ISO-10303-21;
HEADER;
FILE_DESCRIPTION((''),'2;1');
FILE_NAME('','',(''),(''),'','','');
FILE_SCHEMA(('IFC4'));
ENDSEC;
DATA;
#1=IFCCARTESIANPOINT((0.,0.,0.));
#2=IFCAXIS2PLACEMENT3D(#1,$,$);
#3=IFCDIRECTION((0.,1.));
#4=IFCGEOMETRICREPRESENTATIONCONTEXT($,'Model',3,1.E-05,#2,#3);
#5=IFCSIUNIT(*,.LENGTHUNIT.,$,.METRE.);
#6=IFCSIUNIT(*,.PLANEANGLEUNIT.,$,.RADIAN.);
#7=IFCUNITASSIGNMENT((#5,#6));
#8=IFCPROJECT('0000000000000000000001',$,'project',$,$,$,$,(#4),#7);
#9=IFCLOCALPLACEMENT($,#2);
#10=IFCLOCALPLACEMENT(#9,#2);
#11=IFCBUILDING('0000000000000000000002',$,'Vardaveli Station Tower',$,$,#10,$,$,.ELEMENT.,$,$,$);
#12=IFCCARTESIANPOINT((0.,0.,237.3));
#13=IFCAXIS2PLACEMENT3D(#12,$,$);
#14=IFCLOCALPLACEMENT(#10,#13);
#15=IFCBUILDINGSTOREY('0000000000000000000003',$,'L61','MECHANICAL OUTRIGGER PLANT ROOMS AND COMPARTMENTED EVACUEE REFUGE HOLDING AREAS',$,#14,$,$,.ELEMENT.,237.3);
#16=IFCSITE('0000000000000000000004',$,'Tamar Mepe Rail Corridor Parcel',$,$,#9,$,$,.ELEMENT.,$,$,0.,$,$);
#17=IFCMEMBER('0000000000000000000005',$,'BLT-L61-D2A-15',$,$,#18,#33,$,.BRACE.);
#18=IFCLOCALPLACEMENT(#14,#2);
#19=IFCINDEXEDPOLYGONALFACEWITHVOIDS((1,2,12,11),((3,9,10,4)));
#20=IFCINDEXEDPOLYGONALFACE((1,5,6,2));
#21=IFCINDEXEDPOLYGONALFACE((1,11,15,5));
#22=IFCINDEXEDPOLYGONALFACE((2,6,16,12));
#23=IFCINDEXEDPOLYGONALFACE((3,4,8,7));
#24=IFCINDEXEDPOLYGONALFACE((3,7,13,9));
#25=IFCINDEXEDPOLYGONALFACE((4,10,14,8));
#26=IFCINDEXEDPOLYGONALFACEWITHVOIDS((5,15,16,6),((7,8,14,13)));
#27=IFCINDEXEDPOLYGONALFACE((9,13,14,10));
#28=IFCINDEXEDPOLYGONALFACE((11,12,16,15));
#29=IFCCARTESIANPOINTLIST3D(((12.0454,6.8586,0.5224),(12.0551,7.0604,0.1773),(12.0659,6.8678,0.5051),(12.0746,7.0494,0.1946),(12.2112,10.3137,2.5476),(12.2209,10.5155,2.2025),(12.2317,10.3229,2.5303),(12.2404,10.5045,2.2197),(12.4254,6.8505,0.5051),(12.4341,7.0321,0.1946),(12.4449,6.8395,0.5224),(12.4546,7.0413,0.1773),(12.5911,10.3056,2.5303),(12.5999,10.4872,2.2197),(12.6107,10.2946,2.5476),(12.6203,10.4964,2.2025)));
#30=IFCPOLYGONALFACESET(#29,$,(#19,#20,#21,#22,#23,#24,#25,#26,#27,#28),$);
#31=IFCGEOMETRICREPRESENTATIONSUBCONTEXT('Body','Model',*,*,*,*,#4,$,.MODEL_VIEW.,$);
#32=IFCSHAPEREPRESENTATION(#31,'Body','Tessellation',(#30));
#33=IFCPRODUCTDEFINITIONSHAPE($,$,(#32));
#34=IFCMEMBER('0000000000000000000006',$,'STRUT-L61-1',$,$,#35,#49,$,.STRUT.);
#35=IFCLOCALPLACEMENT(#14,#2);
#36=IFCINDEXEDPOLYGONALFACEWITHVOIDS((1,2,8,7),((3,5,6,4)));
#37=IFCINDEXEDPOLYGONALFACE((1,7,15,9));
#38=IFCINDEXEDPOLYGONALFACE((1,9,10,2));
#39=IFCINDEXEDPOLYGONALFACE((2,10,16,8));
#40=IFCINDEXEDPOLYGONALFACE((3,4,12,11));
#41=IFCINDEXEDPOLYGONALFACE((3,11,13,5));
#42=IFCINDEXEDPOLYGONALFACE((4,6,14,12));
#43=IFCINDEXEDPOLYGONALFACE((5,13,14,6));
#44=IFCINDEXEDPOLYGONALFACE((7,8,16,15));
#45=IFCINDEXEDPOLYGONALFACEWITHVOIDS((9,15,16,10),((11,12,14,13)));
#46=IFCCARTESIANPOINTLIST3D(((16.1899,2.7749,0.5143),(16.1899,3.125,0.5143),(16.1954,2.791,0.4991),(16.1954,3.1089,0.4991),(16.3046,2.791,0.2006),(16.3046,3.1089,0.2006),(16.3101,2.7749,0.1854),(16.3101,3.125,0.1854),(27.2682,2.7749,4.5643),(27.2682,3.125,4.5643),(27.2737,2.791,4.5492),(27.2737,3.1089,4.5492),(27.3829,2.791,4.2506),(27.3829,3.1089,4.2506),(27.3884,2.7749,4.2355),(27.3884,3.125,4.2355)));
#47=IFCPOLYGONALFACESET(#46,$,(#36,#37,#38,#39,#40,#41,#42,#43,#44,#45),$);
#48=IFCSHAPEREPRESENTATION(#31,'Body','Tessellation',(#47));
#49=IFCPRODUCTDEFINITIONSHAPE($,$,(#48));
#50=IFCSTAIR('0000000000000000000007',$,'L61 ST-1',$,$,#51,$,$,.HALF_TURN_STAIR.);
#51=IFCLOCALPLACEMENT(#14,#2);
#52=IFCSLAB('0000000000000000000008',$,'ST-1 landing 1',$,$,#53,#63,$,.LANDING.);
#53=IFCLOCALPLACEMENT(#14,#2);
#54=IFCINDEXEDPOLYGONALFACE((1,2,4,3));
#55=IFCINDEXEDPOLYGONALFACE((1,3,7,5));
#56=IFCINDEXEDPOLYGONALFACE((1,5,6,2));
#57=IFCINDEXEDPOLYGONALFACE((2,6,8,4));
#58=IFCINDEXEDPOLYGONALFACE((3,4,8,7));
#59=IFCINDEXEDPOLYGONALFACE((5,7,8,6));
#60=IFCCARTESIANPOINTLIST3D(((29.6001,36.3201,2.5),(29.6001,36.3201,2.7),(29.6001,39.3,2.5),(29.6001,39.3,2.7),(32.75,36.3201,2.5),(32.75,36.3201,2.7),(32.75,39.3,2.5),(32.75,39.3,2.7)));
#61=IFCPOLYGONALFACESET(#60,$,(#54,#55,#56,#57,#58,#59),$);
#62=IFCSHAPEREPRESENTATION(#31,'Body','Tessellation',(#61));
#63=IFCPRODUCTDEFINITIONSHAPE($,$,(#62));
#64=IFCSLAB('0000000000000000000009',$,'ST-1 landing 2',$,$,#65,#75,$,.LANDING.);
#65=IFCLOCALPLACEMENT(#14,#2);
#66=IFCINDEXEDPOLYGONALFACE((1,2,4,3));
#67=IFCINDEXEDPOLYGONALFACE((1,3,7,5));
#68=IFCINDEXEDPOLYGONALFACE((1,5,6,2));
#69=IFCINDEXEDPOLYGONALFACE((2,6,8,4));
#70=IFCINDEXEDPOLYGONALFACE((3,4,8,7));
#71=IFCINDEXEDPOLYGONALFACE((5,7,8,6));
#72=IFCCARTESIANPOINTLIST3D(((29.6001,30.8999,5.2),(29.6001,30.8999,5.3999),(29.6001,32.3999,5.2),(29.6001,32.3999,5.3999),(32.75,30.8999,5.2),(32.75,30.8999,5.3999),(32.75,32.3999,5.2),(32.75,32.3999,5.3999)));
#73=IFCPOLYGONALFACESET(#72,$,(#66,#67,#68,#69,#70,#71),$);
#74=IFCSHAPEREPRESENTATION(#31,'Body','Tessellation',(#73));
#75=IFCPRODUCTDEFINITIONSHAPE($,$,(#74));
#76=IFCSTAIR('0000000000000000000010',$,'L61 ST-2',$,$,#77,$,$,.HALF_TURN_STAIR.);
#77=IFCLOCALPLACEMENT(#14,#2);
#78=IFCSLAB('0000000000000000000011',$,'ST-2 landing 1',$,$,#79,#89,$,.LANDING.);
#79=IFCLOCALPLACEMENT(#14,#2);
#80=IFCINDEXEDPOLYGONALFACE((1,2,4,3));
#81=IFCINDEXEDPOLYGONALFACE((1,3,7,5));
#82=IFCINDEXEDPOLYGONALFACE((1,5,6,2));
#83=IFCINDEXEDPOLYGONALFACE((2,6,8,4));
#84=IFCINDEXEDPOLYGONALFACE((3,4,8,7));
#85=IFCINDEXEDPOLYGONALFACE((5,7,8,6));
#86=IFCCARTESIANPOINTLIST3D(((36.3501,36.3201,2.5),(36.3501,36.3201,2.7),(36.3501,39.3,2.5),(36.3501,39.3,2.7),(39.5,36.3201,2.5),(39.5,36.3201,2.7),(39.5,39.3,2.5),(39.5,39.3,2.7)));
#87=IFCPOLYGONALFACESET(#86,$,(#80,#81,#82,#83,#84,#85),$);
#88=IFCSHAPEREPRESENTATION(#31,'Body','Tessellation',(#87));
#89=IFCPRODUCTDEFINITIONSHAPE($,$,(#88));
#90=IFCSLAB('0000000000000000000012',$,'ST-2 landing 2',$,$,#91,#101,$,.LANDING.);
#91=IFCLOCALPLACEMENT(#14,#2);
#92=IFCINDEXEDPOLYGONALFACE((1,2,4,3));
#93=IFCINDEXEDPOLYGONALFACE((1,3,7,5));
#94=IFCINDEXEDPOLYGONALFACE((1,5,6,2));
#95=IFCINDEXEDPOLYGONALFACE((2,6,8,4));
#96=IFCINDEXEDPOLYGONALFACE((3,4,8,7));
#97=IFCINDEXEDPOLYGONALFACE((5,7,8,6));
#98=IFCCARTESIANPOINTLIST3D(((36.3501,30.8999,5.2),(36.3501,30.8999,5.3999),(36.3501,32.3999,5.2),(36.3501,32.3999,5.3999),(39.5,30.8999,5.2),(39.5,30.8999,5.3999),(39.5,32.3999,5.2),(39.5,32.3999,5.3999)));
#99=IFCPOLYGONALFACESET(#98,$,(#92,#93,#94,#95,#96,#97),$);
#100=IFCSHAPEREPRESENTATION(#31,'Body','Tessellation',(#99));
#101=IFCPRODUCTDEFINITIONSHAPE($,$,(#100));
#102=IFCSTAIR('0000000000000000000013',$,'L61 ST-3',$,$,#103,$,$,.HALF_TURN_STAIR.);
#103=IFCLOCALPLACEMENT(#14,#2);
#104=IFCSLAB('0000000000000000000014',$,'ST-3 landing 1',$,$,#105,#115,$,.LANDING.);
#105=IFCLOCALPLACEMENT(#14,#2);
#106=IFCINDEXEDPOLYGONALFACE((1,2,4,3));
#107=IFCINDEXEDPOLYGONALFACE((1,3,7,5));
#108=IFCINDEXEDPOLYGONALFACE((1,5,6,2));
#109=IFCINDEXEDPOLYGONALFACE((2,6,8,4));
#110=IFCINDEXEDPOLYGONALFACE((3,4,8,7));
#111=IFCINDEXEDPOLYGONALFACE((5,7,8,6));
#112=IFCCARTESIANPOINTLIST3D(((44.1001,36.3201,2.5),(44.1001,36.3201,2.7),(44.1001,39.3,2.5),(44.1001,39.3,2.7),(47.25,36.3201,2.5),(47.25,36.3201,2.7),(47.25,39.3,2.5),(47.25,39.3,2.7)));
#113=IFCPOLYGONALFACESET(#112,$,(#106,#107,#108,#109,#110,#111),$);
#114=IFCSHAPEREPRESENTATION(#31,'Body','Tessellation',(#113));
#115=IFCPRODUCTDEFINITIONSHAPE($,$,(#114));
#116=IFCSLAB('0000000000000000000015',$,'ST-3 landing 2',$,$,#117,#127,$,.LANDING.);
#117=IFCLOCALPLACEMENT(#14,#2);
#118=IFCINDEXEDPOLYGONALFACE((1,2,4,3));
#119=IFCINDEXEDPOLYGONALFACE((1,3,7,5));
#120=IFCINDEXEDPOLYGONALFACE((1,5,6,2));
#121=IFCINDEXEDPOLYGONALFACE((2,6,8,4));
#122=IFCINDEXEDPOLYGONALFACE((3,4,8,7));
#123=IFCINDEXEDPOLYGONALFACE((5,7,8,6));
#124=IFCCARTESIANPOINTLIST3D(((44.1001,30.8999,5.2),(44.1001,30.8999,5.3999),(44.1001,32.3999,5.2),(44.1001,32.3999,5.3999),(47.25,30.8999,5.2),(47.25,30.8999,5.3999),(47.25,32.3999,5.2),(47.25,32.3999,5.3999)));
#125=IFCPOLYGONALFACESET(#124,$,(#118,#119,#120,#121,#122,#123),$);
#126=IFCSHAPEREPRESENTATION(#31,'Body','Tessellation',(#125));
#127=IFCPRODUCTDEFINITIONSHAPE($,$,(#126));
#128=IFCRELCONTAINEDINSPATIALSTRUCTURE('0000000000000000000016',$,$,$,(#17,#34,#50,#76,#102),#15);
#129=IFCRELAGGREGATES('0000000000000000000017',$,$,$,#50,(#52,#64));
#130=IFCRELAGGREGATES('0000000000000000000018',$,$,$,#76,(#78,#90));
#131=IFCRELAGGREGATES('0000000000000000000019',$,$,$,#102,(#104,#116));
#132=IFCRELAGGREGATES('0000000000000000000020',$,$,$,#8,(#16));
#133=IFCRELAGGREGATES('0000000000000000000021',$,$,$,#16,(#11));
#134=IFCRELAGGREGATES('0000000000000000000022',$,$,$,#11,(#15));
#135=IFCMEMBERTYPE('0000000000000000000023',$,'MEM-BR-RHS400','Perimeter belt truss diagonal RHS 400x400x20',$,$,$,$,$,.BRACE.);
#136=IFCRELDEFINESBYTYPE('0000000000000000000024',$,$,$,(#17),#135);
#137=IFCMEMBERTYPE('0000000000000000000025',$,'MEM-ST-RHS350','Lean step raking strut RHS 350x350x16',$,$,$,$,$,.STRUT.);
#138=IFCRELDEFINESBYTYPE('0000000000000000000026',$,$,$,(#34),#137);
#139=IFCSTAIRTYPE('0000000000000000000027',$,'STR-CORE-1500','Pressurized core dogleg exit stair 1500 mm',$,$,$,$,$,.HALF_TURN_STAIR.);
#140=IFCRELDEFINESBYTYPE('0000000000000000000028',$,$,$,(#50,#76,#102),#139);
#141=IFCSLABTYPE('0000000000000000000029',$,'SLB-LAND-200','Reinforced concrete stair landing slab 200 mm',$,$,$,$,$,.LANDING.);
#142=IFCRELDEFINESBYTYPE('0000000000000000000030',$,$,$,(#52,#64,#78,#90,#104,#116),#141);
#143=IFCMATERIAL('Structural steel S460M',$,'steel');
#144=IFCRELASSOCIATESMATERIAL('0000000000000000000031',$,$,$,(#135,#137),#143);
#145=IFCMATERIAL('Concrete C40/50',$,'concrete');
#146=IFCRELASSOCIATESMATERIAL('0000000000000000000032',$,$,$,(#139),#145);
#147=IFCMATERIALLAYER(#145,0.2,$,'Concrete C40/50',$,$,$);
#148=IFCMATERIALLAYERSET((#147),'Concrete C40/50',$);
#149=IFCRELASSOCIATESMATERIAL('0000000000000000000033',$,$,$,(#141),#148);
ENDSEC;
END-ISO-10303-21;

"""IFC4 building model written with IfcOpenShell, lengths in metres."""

from ifc_helpers import new_model, si_unit, direction, frame, origin, origin_2d, place, context, subcontext, project, spatial, polyline, hollow_rectangle, outline, extrude, source, transform, mapped, material, layer, layer_set, material_profile, profile_set, type_object, element, aggregate, save


model = new_model("IFC4")

# Units and contexts
model_context = context("Model", 3, precision=1e-05, world=origin(), true_north=direction((0.0, 1.0)))
body_context = subcontext(model_context, "Body", "Model", "MODEL_VIEW")
ifc_project = project(units=[si_unit("LENGTHUNIT", "METRE"), si_unit("PLANEANGLEUNIT", "RADIAN")], contexts=[model_context])

# Site, building, storey
site_placement = place(None, origin())
site = spatial("IfcSite", under=ifc_project, at=site_placement, Name="Tamar Mepe Rail Corridor Parcel", CompositionType="ELEMENT", RefElevation=0.0)
building_placement = place(site_placement, origin())
building = spatial("IfcBuilding", under=site, at=building_placement, Name="Vardaveli Station Tower", CompositionType="ELEMENT")
storey_placement = place(building_placement, frame((0.0, 0.0, 237.3)))
storey = spatial("IfcBuildingStorey", under=building, at=storey_placement, Name="L61", Description="MECHANICAL OUTRIGGER PLANT ROOMS AND COMPARTMENTED EVACUEE REFUGE HOLDING AREAS", CompositionType="ELEMENT", Elevation=237.3)

# Shared definitions
ifc_material_1 = material(Name="Structural steel S460M", Category="steel")

# Members
ifc_material_profile_1 = material_profile(ifc_material_1, hollow_rectangle(XDim=0.3999, YDim=0.3999, WallThickness=0.02, at=origin_2d()), Name="RHS 400x400x20")
ifc_profile_set_1 = profile_set([ifc_material_profile_1], Name="Structural steel S460M")
member_type_1 = type_object("IfcMemberType", Name="MEM-BR-RHS400", Description="Perimeter belt truss diagonal RHS 400x400x20", PredefinedType="BRACE", material=ifc_profile_set_1)
shared_shape_1 = source(origin(), body_context, "Body", "SweptSolid", [
    extrude(hollow_rectangle(XDim=0.3999, YDim=0.3999, WallThickness=0.02, at=origin_2d()), origin(), (0.0, 0.0, 1.0), 4.0083),
])
member_1_placement = place(storey_placement, frame((12.25, 6.95, 0.3499), z_axis=(0.041357, 0.861986, 0.505241), x_axis=(-0.998851, 0.047924, 0.0)))
element("IfcMember", 1, at=member_1_placement, inside=storey, type_object=member_type_1, Name="BLT-L61-D2A-15", PredefinedType="BRACE", context=body_context, shape_type="MappedRepresentation", body=[
    mapped(shared_shape_1, transform((0.0, 0.0, 0.0), scale=1.0)),
])
ifc_material_profile_2 = material_profile(ifc_material_1, hollow_rectangle(XDim=0.3501, YDim=0.3501, WallThickness=0.0161, at=origin_2d()), Name="RHS 350x350x16")
ifc_profile_set_2 = profile_set([ifc_material_profile_2], Name="Structural steel S460M")
member_type_2 = type_object("IfcMemberType", Name="MEM-ST-RHS350", Description="Lean step raking strut RHS 350x350x16", PredefinedType="STRUT", material=ifc_profile_set_2)
shared_shape_2 = source(origin(), body_context, "Body", "SweptSolid", [
    extrude(hollow_rectangle(XDim=0.3501, YDim=0.3501, WallThickness=0.0161, at=origin_2d()), origin(), (0.0, 0.0, 1.0), 11.7954),
])
member_2_placement = place(storey_placement, frame((16.25, 2.95, 0.3499), z_axis=(0.939205, 0.0, 0.343356), x_axis=(0.0, 1.0, 0.0)))
element("IfcMember", 2, at=member_2_placement, inside=storey, type_object=member_type_2, Name="STRUT-L61-1", PredefinedType="STRUT", context=body_context, shape_type="MappedRepresentation", body=[
    mapped(shared_shape_2, transform((0.0, 0.0, 0.0), scale=1.0)),
])

# Stairs, slabs
ifc_material_2 = material(Name="Concrete C40/50", Category="concrete")
stair_type = type_object("IfcStairType", Name="STR-CORE-1500", Description="Pressurized core dogleg exit stair 1500 mm", PredefinedType="HALF_TURN_STAIR", material=ifc_material_2)
stair_1_placement = place(storey_placement, origin())
stair_1 = element("IfcStair", 3, at=stair_1_placement, inside=storey, type_object=stair_type, Name="L61 ST-1", PredefinedType="HALF_TURN_STAIR")
ifc_layer_1 = layer(ifc_material_2, 0.2, Name="Concrete C40/50")
ifc_layer_set_1 = layer_set([ifc_layer_1], Name="Concrete C40/50")
slab_type_1 = type_object("IfcSlabType", Name="SLB-LAND-200", Description="Reinforced concrete stair landing slab 200 mm", PredefinedType="LANDING", material=ifc_layer_set_1)
slab_1_placement = place(storey_placement, frame((0.0, 0.0, 2.5)))
slab_1 = element("IfcSlab", 4, at=slab_1_placement, type_object=slab_type_1, Name="ST-1 landing 1", PredefinedType="LANDING", context=body_context, shape_type="SweptSolid", body=[
    extrude(outline(polyline([(32.75, 36.3201), (32.75, 39.3), (29.6001, 39.3), (29.6001, 36.3201), (32.75, 36.3201)])), origin(), (0.0, 0.0, 1.0), 0.2),
])
slab_2_placement = place(storey_placement, frame((0.0, 0.0, 5.2)))
slab_2 = element("IfcSlab", 5, at=slab_2_placement, type_object=slab_type_1, Name="ST-1 landing 2", PredefinedType="LANDING", context=body_context, shape_type="SweptSolid", body=[
    extrude(outline(polyline([(32.75, 30.8999), (32.75, 32.3999), (29.6001, 32.3999), (29.6001, 30.8999), (32.75, 30.8999)])), origin(), (0.0, 0.0, 1.0), 0.2),
])
aggregate(stair_1, [slab_1, slab_2])
stair_2_placement = place(storey_placement, origin())
stair_2 = element("IfcStair", 6, at=stair_2_placement, inside=storey, type_object=stair_type, Name="L61 ST-2", PredefinedType="HALF_TURN_STAIR")
slab_3_placement = place(storey_placement, frame((0.0, 0.0, 2.5)))
slab_3 = element("IfcSlab", 7, at=slab_3_placement, type_object=slab_type_1, Name="ST-2 landing 1", PredefinedType="LANDING", context=body_context, shape_type="SweptSolid", body=[
    extrude(outline(polyline([(39.5, 36.3201), (39.5, 39.3), (36.3501, 39.3), (36.3501, 36.3201), (39.5, 36.3201)])), origin(), (0.0, 0.0, 1.0), 0.2),
])
slab_4_placement = place(storey_placement, frame((0.0, 0.0, 5.2)))
slab_4 = element("IfcSlab", 8, at=slab_4_placement, type_object=slab_type_1, Name="ST-2 landing 2", PredefinedType="LANDING", context=body_context, shape_type="SweptSolid", body=[
    extrude(outline(polyline([(39.5, 30.8999), (39.5, 32.3999), (36.3501, 32.3999), (36.3501, 30.8999), (39.5, 30.8999)])), origin(), (0.0, 0.0, 1.0), 0.2),
])
aggregate(stair_2, [slab_3, slab_4])
stair_3_placement = place(storey_placement, origin())
stair_3 = element("IfcStair", 9, at=stair_3_placement, inside=storey, type_object=stair_type, Name="L61 ST-3", PredefinedType="HALF_TURN_STAIR")
slab_5_placement = place(storey_placement, frame((0.0, 0.0, 2.5)))
slab_5 = element("IfcSlab", 10, at=slab_5_placement, type_object=slab_type_1, Name="ST-3 landing 1", PredefinedType="LANDING", context=body_context, shape_type="SweptSolid", body=[
    extrude(outline(polyline([(47.25, 36.3201), (47.25, 39.3), (44.1001, 39.3), (44.1001, 36.3201), (47.25, 36.3201)])), origin(), (0.0, 0.0, 1.0), 0.2),
])
slab_6_placement = place(storey_placement, frame((0.0, 0.0, 5.2)))
slab_6 = element("IfcSlab", 11, at=slab_6_placement, type_object=slab_type_1, Name="ST-3 landing 2", PredefinedType="LANDING", context=body_context, shape_type="SweptSolid", body=[
    extrude(outline(polyline([(47.25, 30.8999), (47.25, 32.3999), (44.1001, 32.3999), (44.1001, 30.8999), (47.25, 30.8999)])), origin(), (0.0, 0.0, 1.0), 0.2),
])
aggregate(stair_3, [slab_5, slab_6])

save(model, "model.ifc")
